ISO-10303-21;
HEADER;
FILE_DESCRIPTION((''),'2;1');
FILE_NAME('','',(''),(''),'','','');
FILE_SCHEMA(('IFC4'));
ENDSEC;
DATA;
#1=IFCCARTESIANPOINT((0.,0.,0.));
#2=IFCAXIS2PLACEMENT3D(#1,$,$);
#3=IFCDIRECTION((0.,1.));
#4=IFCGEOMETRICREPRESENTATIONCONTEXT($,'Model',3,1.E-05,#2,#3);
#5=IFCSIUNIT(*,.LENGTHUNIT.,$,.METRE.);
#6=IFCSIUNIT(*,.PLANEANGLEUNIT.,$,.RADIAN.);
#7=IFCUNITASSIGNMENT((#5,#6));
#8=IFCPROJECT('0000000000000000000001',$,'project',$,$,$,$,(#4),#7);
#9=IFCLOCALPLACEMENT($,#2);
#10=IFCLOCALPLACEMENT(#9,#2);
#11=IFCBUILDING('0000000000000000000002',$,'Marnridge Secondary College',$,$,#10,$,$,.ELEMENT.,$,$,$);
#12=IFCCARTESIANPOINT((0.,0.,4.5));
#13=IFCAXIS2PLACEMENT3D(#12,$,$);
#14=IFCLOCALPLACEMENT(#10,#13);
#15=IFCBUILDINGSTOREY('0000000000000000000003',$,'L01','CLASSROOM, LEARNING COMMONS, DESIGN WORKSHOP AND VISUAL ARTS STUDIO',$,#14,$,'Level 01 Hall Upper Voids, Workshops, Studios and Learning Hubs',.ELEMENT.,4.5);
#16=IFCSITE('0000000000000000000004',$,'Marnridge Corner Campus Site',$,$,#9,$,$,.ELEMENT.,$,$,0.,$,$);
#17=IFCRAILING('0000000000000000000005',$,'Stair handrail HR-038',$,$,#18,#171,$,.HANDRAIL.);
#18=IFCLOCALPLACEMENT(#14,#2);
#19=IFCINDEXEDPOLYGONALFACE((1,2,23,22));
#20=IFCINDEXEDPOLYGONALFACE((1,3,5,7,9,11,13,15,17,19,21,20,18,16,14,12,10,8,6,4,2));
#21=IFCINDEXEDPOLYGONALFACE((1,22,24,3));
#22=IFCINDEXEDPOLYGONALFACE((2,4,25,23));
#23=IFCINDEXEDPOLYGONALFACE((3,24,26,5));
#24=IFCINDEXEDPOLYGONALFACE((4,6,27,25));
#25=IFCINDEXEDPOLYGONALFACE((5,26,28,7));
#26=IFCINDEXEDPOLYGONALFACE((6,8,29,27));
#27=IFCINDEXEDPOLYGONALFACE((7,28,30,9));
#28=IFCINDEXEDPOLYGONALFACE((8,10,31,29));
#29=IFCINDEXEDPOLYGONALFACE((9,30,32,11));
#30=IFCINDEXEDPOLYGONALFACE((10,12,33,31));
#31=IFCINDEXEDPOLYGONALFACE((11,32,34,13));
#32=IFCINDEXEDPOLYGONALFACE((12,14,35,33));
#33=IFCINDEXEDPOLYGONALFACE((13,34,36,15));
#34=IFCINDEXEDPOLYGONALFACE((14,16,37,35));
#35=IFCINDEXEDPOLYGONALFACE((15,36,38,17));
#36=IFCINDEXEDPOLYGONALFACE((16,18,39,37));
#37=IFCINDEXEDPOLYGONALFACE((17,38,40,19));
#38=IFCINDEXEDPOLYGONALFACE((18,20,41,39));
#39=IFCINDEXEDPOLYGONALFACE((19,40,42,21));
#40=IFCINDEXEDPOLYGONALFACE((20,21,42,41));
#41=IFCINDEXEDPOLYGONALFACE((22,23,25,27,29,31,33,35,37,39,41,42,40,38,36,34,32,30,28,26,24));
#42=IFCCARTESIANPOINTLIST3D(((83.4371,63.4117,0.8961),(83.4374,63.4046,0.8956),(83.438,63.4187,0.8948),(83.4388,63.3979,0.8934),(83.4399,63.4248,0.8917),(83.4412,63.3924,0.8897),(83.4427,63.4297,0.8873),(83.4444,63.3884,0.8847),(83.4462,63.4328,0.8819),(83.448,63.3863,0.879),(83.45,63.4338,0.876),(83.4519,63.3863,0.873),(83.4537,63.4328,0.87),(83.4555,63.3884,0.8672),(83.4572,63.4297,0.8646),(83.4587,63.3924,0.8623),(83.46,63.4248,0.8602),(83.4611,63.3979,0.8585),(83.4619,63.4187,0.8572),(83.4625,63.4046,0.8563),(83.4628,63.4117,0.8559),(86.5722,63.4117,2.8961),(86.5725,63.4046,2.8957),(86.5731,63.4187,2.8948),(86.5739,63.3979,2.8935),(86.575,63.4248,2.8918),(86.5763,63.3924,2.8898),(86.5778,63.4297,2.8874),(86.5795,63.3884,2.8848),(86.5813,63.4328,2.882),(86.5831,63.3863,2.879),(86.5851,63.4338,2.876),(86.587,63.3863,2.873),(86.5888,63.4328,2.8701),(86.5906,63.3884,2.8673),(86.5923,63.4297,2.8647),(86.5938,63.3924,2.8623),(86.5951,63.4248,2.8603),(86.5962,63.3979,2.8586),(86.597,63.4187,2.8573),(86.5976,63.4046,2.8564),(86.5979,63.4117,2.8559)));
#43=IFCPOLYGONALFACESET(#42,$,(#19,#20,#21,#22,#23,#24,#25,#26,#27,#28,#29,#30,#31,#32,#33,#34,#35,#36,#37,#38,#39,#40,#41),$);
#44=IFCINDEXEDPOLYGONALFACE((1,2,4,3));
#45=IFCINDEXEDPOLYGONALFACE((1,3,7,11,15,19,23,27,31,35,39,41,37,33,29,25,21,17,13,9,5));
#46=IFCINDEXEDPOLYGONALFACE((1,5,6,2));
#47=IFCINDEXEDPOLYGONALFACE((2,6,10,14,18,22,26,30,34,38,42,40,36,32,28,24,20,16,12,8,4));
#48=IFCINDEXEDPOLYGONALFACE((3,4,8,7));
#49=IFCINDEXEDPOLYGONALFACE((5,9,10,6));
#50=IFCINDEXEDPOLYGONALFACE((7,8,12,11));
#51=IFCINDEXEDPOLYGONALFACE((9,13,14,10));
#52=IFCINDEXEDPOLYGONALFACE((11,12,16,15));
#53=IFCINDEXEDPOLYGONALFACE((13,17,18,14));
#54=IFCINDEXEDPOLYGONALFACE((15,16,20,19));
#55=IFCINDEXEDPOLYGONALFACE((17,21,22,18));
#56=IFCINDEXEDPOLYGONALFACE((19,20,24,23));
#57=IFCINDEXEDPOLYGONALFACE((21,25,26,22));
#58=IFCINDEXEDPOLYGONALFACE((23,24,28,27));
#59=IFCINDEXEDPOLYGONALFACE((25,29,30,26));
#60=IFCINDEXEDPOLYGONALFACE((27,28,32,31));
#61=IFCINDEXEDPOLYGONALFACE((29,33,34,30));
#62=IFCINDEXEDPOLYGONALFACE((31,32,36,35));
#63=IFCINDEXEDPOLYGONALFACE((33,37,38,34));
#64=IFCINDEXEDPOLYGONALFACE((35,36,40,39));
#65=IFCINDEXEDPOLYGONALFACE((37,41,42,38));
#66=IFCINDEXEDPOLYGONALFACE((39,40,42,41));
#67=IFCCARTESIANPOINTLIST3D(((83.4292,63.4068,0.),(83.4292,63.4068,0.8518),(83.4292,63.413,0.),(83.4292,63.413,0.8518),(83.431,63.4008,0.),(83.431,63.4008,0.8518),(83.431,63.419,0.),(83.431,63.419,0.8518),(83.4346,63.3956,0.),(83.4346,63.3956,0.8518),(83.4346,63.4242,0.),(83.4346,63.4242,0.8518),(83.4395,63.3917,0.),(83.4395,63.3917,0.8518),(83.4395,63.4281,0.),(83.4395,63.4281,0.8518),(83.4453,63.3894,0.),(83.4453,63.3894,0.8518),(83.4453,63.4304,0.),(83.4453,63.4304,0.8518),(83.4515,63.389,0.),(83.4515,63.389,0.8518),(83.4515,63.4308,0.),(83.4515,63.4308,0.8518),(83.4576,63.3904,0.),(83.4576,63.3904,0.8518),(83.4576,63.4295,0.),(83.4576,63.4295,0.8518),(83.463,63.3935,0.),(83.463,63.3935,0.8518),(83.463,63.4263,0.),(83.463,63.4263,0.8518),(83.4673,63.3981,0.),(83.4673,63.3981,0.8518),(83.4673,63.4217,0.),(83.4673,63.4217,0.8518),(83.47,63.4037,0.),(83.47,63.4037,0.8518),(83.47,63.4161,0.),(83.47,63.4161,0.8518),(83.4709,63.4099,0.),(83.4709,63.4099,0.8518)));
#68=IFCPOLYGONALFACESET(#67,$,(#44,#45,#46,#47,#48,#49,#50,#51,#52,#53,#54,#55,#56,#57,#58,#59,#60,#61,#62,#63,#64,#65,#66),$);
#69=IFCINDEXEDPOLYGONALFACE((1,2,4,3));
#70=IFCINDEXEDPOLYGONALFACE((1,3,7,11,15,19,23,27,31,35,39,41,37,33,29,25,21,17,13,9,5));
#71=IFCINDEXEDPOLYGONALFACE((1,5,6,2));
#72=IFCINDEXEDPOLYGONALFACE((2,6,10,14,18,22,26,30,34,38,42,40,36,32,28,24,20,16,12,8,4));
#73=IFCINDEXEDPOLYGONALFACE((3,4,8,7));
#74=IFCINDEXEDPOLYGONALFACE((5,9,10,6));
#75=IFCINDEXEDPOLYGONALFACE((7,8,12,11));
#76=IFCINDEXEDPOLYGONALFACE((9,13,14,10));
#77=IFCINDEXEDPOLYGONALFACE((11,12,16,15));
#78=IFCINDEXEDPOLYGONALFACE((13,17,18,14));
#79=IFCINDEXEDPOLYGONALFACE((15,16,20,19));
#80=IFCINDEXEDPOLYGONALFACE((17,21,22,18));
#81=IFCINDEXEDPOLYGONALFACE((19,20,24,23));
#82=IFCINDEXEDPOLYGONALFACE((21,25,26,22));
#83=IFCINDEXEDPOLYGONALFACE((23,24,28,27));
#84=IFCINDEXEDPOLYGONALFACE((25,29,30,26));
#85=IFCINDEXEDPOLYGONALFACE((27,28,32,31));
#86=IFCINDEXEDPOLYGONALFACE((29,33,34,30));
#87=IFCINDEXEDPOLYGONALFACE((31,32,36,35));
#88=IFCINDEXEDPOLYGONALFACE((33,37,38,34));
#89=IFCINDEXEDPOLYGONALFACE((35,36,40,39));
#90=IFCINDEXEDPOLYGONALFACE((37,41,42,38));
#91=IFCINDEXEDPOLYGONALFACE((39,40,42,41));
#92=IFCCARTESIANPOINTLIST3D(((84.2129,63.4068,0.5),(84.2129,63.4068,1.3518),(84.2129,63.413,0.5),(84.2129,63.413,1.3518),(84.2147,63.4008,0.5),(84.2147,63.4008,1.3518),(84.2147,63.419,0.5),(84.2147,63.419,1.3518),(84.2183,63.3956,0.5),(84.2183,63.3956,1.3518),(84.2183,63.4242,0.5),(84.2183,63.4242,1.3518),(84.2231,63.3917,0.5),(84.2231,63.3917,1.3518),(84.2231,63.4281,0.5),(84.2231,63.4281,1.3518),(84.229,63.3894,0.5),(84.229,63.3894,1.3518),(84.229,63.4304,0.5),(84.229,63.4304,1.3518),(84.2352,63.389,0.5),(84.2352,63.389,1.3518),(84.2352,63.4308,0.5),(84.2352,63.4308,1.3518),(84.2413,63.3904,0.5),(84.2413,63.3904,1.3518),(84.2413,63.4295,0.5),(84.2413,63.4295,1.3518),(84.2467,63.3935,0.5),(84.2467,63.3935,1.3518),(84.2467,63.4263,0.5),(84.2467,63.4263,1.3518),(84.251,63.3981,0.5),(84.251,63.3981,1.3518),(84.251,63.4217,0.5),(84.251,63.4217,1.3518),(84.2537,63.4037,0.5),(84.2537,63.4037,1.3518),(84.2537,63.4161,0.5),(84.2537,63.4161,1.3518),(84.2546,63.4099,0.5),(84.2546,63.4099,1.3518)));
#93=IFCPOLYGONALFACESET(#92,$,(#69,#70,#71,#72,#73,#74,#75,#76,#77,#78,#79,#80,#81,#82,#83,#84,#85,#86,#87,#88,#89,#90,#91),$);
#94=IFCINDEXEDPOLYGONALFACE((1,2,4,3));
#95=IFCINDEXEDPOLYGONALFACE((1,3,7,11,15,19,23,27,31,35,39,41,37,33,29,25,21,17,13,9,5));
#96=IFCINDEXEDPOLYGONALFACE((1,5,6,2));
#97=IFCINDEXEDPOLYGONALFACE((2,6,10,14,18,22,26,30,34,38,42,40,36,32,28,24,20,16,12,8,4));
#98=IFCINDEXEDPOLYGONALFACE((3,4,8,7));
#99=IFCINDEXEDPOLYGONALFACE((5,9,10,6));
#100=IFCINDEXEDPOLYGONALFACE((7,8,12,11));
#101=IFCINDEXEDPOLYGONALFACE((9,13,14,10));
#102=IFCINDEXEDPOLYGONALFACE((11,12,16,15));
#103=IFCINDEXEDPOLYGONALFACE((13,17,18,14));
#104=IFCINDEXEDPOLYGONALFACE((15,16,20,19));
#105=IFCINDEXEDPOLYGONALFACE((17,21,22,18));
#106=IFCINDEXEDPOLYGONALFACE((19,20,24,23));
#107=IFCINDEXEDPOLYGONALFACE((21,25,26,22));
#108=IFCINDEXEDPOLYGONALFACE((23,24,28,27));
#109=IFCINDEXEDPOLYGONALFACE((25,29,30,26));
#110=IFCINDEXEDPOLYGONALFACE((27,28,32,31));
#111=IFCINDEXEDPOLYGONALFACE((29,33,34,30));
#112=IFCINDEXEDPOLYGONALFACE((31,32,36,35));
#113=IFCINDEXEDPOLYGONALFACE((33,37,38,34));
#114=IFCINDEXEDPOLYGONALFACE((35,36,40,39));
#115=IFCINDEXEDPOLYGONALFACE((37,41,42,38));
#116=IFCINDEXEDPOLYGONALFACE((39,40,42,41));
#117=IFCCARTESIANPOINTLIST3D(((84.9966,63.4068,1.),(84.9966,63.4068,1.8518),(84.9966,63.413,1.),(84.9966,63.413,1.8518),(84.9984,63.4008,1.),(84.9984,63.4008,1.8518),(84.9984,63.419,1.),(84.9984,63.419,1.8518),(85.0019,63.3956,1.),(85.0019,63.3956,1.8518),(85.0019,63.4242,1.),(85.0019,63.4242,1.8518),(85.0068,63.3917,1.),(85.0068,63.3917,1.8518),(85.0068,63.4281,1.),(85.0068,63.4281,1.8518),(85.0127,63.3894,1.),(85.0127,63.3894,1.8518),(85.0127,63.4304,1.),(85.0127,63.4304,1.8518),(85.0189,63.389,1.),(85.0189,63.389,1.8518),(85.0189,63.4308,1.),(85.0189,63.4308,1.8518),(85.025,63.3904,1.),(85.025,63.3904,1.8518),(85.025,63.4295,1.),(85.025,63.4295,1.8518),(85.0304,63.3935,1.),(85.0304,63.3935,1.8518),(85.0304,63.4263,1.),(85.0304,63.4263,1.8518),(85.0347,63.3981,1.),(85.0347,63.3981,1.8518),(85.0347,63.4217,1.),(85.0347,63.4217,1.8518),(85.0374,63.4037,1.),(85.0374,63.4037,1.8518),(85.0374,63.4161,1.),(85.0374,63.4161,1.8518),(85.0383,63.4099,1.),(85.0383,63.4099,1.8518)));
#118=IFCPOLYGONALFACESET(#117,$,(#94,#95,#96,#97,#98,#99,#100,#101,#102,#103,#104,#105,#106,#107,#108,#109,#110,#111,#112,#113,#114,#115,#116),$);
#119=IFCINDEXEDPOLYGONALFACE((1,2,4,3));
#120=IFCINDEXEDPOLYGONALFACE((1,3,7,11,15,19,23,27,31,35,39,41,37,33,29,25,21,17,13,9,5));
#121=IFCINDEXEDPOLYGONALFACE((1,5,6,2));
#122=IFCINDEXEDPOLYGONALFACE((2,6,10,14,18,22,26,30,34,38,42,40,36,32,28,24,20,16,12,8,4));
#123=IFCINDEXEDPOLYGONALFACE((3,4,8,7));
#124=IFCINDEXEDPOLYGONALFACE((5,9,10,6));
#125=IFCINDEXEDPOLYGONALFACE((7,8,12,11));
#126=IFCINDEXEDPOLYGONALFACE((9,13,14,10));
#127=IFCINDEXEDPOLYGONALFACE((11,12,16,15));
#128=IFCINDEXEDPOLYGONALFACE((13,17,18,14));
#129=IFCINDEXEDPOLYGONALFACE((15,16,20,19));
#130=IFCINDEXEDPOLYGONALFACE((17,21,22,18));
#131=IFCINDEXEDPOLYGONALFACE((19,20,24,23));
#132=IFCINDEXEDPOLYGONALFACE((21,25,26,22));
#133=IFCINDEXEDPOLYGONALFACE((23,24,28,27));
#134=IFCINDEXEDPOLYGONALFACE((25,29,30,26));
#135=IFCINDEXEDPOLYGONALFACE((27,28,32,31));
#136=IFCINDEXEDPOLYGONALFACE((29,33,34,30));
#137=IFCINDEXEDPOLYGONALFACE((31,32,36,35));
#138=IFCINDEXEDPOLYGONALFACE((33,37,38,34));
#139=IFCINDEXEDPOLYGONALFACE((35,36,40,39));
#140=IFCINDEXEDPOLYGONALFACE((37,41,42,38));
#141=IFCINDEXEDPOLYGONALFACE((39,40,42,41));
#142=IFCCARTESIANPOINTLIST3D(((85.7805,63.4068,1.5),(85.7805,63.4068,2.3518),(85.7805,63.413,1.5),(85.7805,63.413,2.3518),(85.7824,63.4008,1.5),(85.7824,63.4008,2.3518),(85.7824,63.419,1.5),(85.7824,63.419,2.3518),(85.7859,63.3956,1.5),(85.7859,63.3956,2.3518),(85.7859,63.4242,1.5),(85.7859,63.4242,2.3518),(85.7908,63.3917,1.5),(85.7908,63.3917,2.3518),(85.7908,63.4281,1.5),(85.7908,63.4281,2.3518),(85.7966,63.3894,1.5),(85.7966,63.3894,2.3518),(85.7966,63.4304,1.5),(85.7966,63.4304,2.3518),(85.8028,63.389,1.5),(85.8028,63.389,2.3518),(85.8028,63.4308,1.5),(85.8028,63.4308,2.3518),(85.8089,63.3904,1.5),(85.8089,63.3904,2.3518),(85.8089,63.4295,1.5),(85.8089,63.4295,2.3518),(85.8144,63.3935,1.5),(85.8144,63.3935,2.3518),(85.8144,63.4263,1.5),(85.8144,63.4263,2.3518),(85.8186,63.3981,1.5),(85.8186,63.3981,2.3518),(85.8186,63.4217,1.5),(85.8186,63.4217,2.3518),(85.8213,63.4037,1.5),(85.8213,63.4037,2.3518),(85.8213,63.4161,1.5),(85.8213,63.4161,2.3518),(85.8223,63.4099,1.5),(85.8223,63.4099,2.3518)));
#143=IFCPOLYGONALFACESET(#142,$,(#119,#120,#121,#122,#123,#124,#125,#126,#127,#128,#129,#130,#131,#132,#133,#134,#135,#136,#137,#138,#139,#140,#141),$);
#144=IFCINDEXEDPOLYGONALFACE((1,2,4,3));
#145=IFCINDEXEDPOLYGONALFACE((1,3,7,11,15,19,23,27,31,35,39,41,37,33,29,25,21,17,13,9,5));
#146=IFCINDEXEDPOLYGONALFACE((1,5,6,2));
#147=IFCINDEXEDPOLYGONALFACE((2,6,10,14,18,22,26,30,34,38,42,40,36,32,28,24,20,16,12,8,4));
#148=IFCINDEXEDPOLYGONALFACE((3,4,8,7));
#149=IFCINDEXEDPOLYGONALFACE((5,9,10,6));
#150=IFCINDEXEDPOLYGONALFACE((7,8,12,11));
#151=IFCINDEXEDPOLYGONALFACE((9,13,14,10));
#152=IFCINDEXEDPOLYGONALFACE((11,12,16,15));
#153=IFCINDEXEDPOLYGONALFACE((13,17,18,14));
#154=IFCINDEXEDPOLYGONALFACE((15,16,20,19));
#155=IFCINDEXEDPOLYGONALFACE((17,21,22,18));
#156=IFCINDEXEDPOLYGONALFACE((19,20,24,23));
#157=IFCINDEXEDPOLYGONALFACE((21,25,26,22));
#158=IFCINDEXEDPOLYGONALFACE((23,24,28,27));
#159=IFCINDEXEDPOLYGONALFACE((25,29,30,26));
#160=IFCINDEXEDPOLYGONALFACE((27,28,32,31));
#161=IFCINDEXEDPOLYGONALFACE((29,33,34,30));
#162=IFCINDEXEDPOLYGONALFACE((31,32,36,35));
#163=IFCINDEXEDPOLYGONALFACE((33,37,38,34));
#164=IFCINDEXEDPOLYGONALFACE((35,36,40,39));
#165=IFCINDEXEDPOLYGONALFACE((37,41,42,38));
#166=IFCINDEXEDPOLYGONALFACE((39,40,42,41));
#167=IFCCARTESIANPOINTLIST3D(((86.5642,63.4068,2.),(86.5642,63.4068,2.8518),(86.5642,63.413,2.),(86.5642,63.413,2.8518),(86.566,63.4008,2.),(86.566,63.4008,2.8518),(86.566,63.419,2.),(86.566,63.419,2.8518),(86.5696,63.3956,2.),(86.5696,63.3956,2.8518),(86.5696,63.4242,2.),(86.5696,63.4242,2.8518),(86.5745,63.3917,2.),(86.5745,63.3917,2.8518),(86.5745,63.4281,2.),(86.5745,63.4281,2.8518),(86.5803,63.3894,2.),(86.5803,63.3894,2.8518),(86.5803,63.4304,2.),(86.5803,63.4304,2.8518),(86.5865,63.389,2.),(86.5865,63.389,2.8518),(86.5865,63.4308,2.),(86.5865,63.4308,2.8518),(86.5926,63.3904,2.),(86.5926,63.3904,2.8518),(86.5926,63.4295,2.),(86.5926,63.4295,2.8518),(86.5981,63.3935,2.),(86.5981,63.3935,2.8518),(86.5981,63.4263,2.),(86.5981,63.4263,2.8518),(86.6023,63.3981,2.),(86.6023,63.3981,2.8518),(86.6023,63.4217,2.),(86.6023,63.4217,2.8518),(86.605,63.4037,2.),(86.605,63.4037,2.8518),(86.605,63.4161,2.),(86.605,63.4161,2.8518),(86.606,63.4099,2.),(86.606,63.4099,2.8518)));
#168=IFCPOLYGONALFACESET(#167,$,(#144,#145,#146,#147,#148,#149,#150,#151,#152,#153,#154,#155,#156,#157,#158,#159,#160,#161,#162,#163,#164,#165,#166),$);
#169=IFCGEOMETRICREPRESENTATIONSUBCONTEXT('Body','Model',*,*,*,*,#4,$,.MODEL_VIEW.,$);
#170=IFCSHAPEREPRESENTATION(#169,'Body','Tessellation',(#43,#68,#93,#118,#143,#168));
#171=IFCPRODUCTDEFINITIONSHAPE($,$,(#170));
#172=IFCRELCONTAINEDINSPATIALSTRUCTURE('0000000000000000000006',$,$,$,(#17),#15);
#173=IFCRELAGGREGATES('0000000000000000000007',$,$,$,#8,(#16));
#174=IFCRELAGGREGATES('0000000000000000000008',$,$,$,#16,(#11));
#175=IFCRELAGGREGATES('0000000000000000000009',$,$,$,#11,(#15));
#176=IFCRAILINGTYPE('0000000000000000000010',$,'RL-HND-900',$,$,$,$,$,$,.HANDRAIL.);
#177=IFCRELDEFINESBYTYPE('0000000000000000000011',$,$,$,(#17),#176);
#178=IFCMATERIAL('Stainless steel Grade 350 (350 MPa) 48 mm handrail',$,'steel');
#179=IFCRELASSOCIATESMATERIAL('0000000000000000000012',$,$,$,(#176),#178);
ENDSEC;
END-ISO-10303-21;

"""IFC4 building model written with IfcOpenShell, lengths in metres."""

from ifc_helpers import new_model, si_unit, direction, frame, origin, origin_2d, place, context, subcontext, project, spatial, circle, extrude, material, type_object, element, save


model = new_model("IFC4")

# Units and contexts
model_context = context("Model", 3, precision=1e-05, world=origin(), true_north=direction((0.0, 1.0)))
body_context = subcontext(model_context, "Body", "Model", "MODEL_VIEW")
ifc_project = project(units=[si_unit("LENGTHUNIT", "METRE"), si_unit("PLANEANGLEUNIT", "RADIAN")], contexts=[model_context])

# Site, building, storey
site_placement = place(None, origin())
site = spatial("IfcSite", under=ifc_project, at=site_placement, Name="Marnridge Corner Campus Site", CompositionType="ELEMENT", RefElevation=0.0)
building_placement = place(site_placement, origin())
building = spatial("IfcBuilding", under=site, at=building_placement, Name="Marnridge Secondary College", CompositionType="ELEMENT")
storey_placement = place(building_placement, frame((0.0, 0.0, 4.5)))
storey = spatial("IfcBuildingStorey", under=building, at=storey_placement, Name="L01", Description="CLASSROOM, LEARNING COMMONS, DESIGN WORKSHOP AND VISUAL ARTS STUDIO", LongName="Level 01 Hall Upper Voids, Workshops, Studios and Learning Hubs", CompositionType="ELEMENT", Elevation=4.5)

# Railing
ifc_material_1 = material(Name="Stainless steel Grade 350 (350 MPa) 48 mm handrail", Category="steel")
railing_type_1 = type_object("IfcRailingType", Name="RL-HND-900", PredefinedType="HANDRAIL", material=ifc_material_1)
for number, where, name in (
    (1, (83.45, 63.4099, 0.0), "Stair handrail HR-038"),
):
    element("IfcRailing", number, at=place(storey_placement, frame(where)), inside=storey, type_object=railing_type_1, Name=name, PredefinedType="HANDRAIL", context=body_context, shape_type="SweptSolid", body=[
        extrude(circle(Radius=0.0239, at=origin_2d()), frame((0.0, 0.0, 0.876), z_axis=(0.843053, 0.0, 0.537831), x_axis=(0.0, 1.0, 0.0)), (0.0, 0.0, 1.0), 3.7188),
        extrude(circle(Radius=0.021, at=origin_2d()), origin(), (0.0, 0.0, 1.0), 0.8518),
        extrude(circle(Radius=0.021, at=origin_2d()), frame((0.7837, 0.0, 0.5)), (0.0, 0.0, 1.0), 0.8518),
        extrude(circle(Radius=0.021, at=origin_2d()), frame((1.5674, 0.0, 1.0)), (0.0, 0.0, 1.0), 0.8518),
        extrude(circle(Radius=0.021, at=origin_2d()), frame((2.3513, 0.0, 1.5)), (0.0, 0.0, 1.0), 0.8518),
        extrude(circle(Radius=0.021, at=origin_2d()), frame((3.135, 0.0, 2.0)), (0.0, 0.0, 1.0), 0.8518),
    ])

save(model, "model.ifc")
